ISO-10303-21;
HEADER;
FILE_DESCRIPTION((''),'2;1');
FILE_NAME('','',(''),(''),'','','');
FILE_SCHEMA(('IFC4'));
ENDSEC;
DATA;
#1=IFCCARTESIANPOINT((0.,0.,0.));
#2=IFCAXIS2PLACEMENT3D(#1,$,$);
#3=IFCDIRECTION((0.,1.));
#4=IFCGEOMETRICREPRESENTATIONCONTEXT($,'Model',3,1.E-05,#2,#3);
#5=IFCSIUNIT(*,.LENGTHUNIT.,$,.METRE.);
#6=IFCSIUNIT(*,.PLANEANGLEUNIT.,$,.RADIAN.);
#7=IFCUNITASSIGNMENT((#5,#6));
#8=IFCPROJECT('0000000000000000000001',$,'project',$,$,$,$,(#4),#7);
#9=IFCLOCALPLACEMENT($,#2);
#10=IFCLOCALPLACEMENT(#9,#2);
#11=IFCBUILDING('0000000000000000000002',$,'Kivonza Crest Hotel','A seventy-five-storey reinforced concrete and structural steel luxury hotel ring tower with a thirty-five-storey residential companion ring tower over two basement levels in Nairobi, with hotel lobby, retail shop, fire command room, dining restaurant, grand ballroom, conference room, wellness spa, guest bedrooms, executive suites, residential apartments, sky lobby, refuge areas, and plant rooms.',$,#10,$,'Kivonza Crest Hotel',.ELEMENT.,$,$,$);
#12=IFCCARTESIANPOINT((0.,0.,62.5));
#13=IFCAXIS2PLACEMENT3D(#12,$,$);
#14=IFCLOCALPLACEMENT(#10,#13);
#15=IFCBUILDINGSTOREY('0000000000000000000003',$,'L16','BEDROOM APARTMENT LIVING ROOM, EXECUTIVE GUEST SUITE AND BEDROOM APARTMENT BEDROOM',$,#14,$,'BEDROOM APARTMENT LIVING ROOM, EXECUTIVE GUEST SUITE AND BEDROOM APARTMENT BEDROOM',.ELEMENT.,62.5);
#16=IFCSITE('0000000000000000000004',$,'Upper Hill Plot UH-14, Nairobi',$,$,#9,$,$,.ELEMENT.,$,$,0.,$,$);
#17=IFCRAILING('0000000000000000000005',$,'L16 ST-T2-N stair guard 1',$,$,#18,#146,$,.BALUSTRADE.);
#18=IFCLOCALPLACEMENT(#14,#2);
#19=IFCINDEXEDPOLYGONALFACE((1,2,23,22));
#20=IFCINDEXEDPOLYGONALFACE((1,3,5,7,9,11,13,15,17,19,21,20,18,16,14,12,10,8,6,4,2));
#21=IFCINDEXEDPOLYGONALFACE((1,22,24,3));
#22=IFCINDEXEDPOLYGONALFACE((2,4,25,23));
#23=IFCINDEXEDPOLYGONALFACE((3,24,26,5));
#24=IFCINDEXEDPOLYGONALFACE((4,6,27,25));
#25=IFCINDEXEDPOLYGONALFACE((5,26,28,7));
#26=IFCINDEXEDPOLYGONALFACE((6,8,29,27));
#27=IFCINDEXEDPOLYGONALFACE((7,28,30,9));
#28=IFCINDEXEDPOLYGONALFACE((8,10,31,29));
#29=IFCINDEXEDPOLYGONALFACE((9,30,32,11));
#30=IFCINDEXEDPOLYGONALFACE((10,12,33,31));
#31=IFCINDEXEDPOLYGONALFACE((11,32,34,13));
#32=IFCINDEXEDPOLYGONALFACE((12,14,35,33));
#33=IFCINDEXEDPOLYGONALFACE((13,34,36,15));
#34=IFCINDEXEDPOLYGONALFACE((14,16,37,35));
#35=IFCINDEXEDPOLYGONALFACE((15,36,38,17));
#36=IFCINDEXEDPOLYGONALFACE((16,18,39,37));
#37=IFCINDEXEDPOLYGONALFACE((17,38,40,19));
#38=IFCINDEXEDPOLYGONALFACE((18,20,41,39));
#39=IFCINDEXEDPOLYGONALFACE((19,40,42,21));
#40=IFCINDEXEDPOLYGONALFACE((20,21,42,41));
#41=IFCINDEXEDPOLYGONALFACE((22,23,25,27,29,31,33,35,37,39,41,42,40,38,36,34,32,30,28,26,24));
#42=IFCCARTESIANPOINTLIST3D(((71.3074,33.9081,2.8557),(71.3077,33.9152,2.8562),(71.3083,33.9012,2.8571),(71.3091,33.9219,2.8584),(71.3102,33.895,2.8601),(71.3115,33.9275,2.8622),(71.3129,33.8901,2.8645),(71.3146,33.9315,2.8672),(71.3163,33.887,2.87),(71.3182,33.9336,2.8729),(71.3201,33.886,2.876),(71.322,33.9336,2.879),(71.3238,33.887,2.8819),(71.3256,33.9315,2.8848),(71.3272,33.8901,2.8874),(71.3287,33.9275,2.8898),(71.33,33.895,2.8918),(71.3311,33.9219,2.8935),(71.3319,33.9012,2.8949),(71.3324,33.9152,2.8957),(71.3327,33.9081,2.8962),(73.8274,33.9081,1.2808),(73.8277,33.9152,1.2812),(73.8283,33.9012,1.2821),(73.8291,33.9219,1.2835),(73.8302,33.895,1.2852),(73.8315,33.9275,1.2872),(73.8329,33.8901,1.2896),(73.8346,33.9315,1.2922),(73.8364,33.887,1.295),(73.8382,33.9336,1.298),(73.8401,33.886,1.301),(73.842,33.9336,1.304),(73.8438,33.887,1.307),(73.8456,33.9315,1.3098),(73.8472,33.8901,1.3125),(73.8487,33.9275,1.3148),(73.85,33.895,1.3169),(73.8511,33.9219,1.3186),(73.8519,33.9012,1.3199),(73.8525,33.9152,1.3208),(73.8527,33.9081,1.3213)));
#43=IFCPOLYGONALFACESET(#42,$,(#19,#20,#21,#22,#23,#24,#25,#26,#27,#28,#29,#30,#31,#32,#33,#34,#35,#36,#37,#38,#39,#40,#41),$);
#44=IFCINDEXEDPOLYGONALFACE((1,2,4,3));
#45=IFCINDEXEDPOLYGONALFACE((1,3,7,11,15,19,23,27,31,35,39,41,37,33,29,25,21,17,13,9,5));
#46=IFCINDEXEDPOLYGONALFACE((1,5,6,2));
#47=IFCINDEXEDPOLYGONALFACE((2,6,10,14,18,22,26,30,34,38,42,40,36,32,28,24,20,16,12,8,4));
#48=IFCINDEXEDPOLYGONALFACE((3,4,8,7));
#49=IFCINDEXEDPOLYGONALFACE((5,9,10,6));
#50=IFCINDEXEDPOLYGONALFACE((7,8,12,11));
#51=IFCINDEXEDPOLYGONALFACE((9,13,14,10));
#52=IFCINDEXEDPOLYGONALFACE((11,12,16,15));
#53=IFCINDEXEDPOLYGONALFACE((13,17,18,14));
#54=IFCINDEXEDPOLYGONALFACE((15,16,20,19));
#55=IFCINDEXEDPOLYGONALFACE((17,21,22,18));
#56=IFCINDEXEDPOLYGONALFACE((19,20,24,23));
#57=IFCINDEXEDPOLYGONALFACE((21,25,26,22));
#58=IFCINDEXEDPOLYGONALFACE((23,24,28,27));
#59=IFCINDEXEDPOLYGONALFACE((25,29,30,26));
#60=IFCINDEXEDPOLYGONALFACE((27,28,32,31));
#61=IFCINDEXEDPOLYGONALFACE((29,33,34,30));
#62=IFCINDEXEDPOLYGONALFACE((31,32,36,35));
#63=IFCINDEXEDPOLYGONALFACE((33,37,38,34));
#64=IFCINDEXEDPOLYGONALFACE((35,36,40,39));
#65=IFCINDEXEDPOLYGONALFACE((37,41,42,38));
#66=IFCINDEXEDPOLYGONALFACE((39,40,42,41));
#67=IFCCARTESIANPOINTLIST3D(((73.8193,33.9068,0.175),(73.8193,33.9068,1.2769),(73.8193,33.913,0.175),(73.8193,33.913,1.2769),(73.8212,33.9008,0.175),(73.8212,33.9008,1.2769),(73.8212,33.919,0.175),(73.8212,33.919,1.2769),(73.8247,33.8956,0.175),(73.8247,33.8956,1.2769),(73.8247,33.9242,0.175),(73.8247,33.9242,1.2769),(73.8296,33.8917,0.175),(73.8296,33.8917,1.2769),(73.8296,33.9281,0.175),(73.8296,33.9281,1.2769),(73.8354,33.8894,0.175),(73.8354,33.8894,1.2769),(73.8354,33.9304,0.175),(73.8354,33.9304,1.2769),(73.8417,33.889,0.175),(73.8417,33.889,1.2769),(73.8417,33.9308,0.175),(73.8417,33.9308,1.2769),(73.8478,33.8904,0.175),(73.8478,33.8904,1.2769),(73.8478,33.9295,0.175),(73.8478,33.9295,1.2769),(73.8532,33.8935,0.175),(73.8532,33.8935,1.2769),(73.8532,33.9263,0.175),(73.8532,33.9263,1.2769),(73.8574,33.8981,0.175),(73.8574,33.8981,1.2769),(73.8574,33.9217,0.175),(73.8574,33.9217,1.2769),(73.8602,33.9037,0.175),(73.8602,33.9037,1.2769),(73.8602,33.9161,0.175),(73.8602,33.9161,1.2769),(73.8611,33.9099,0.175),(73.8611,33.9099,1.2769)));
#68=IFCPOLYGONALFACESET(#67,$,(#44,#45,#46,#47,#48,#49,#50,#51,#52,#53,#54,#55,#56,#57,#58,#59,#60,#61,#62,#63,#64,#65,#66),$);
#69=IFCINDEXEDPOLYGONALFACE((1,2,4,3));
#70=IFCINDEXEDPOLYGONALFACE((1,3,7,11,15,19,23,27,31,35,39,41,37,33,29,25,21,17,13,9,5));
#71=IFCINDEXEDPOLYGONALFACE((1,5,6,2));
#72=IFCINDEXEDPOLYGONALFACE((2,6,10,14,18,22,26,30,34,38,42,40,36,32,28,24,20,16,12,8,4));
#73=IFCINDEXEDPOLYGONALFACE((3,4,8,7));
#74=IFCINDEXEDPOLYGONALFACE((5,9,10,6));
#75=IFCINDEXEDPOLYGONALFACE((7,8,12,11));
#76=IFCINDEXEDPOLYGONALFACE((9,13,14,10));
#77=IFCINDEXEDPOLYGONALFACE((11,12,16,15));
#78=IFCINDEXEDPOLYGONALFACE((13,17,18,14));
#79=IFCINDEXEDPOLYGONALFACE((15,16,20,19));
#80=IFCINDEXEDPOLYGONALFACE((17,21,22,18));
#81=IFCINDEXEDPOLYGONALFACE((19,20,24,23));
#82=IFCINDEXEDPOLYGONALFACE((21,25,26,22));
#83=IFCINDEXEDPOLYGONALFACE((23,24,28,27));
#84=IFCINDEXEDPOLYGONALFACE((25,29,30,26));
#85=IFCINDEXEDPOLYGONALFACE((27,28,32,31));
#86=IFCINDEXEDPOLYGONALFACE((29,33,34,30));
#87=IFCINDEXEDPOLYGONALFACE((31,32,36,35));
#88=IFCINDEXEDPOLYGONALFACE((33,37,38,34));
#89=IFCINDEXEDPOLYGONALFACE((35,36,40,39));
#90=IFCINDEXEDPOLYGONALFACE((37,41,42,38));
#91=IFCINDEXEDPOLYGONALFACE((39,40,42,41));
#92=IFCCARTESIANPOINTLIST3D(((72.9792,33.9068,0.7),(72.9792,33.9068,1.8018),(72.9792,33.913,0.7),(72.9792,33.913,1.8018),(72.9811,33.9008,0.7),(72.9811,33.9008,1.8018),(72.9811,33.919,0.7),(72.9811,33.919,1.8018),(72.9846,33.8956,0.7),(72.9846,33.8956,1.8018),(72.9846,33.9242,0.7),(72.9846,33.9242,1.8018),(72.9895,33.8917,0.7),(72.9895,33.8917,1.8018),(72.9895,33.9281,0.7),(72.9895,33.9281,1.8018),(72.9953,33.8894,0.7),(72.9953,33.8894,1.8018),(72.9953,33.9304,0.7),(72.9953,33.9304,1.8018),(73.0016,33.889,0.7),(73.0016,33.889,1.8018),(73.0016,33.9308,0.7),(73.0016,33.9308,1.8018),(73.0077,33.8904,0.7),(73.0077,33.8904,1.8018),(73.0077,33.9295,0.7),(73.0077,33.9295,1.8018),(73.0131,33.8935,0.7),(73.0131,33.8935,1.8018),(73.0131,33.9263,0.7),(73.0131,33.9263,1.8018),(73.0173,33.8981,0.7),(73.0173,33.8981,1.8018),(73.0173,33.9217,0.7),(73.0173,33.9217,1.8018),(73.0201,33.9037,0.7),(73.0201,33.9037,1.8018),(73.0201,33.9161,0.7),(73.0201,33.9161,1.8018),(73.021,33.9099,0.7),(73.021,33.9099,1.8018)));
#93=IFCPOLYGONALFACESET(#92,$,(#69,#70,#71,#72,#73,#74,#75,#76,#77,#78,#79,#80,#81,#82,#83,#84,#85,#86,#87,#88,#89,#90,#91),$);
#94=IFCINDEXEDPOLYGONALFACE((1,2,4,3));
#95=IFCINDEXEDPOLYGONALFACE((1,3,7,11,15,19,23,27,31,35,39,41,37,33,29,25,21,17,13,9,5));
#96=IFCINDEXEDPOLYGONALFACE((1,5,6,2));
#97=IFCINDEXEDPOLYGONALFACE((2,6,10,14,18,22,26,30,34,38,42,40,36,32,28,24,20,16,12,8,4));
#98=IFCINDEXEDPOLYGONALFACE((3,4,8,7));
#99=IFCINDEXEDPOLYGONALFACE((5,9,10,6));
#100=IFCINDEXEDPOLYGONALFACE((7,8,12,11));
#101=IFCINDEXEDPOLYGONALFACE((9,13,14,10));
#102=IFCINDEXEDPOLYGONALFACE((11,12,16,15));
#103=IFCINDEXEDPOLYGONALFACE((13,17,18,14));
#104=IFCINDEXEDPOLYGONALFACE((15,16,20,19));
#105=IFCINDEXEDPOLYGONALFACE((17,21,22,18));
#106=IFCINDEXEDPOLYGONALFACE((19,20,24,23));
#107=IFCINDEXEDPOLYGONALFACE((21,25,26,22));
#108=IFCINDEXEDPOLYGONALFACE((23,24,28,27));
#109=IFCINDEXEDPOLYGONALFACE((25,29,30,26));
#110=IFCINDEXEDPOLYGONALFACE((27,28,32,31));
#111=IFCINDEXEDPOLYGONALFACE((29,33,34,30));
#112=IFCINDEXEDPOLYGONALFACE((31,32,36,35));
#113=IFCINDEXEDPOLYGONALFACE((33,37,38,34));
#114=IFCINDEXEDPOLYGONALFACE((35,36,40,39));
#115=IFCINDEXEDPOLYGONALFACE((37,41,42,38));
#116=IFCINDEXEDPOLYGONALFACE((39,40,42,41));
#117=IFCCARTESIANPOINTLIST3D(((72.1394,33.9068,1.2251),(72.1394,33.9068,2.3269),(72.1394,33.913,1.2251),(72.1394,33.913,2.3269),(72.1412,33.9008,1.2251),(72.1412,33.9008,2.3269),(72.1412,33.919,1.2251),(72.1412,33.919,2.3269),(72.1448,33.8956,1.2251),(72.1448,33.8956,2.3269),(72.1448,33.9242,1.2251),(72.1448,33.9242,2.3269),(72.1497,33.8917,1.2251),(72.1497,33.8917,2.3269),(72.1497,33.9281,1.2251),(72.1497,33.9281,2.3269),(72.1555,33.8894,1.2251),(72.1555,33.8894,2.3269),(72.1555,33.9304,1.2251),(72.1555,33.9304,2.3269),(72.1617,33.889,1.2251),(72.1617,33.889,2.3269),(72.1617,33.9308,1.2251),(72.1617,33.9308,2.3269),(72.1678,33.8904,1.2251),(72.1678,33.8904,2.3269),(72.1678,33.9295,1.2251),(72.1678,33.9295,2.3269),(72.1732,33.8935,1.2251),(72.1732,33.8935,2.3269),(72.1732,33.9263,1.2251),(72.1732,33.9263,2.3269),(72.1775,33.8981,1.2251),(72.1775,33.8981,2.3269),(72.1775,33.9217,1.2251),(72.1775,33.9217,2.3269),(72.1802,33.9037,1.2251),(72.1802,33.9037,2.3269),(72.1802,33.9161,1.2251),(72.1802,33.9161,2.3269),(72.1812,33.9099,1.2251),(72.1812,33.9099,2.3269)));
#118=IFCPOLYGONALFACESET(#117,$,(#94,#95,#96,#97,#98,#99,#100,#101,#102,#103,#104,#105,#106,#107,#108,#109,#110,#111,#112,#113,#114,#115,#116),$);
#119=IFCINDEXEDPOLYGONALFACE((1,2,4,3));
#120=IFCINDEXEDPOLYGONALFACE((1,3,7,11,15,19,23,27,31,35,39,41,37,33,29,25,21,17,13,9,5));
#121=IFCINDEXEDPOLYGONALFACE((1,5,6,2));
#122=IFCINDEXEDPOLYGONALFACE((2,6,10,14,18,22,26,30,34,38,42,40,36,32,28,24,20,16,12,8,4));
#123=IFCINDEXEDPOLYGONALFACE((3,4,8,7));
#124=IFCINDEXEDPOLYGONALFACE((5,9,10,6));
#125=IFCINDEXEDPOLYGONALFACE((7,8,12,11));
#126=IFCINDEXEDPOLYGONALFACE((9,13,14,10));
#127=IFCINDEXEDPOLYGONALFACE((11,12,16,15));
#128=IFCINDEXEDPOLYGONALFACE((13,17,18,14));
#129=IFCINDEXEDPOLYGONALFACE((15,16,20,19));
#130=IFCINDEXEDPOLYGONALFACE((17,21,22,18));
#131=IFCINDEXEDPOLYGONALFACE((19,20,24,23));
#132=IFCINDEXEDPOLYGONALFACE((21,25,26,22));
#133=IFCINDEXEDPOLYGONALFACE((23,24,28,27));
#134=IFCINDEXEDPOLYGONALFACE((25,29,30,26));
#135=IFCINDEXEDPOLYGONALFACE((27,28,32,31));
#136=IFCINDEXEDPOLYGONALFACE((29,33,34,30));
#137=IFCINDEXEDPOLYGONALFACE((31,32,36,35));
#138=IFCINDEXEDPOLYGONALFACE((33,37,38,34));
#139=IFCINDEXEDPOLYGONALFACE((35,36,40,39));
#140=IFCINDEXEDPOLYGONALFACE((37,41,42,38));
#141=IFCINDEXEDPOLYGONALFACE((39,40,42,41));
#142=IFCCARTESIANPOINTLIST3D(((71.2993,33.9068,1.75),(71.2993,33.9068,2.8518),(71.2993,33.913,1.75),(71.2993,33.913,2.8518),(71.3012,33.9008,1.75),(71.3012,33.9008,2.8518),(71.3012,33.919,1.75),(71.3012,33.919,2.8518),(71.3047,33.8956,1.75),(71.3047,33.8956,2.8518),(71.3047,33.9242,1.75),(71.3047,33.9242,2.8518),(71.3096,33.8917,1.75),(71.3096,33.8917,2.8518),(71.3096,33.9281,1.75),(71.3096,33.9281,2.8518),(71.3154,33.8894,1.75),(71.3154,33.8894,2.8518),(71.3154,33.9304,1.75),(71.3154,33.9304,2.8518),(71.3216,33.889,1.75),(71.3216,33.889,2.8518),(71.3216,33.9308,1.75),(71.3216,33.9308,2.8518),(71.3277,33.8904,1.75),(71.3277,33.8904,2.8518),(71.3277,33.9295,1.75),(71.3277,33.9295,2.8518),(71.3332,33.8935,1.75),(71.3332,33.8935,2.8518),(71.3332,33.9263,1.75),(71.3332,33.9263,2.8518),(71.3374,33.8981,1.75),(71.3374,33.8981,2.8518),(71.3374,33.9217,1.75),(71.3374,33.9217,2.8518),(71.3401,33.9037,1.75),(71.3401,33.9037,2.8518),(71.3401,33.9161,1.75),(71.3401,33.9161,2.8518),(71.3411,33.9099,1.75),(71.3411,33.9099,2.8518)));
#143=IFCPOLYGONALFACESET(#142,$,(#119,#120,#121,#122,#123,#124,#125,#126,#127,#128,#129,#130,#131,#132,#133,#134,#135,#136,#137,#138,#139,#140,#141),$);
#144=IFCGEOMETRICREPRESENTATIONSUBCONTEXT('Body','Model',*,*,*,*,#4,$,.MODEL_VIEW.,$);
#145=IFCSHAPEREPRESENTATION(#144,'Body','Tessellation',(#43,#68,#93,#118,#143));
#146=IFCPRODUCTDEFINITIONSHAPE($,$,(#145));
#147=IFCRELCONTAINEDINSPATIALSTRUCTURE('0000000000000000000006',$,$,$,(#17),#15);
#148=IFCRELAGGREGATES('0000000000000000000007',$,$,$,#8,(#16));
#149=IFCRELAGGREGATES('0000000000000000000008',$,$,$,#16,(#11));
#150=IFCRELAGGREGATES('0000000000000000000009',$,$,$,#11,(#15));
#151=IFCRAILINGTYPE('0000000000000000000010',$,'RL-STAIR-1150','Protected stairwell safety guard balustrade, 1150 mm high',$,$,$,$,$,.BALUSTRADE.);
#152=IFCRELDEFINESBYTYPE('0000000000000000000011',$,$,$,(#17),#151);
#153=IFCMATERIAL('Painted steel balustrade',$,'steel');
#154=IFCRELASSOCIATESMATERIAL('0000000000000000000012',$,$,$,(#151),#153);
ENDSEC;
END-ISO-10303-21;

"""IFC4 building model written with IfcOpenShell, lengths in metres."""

from ifc_helpers import new_model, si_unit, direction, frame, origin, origin_2d, place, context, subcontext, project, spatial, circle, extrude, material, type_object, element, save


model = new_model("IFC4")

# Units and contexts
model_context = context("Model", 3, precision=1e-05, world=origin(), true_north=direction((0.0, 1.0)))
body_context = subcontext(model_context, "Body", "Model", "MODEL_VIEW")
ifc_project = project(units=[si_unit("LENGTHUNIT", "METRE"), si_unit("PLANEANGLEUNIT", "RADIAN")], contexts=[model_context])

# Site, building, storey
site_placement = place(None, origin())
site = spatial("IfcSite", under=ifc_project, at=site_placement, Name="Upper Hill Plot UH-14, Nairobi", CompositionType="ELEMENT", RefElevation=0.0)
building_placement = place(site_placement, origin())
building = spatial("IfcBuilding", under=site, at=building_placement, Name="Kivonza Crest Hotel", Description="A seventy-five-storey reinforced concrete and structural steel luxury hotel ring tower with a thirty-five-storey residential companion ring tower over two basement levels in Nairobi, with hotel lobby, retail shop, fire command room, dining restaurant, grand ballroom, conference room, wellness spa, guest bedrooms, executive suites, residential apartments, sky lobby, refuge areas, and plant rooms.", LongName="Kivonza Crest Hotel", CompositionType="ELEMENT")
storey_placement = place(building_placement, frame((0.0, 0.0, 62.5)))
storey = spatial("IfcBuildingStorey", under=building, at=storey_placement, Name="L16", Description="BEDROOM APARTMENT LIVING ROOM, EXECUTIVE GUEST SUITE AND BEDROOM APARTMENT BEDROOM", LongName="BEDROOM APARTMENT LIVING ROOM, EXECUTIVE GUEST SUITE AND BEDROOM APARTMENT BEDROOM", CompositionType="ELEMENT", Elevation=62.5)

# Railing
ifc_material_1 = material(Name="Painted steel balustrade", Category="steel")
railing_type_1 = type_object("IfcRailingType", Name="RL-STAIR-1150", Description="Protected stairwell safety guard balustrade, 1150 mm high", PredefinedType="BALUSTRADE", material=ifc_material_1)
railing_1_placement = place(storey_placement, frame((73.8401, 33.9099, 0.175)))
element("IfcRailing", 1, at=railing_1_placement, inside=storey, type_object=railing_type_1, Name="L16 ST-T2-N stair guard 1", PredefinedType="BALUSTRADE", context=body_context, shape_type="SweptSolid", body=[
    extrude(circle(Radius=0.0239, at=origin_2d()), frame((0.0, 0.0, 1.126), z_axis=(-0.848008, 0.0, 0.529984), x_axis=(0.0, -1.0, 0.0)), (0.0, 0.0, 1.0), 2.9717),
    extrude(circle(Radius=0.021, at=origin_2d()), origin(), (0.0, 0.0, 1.0), 1.1018),
    extrude(circle(Radius=0.021, at=origin_2d()), frame((-0.8401, 0.0, 0.5249)), (0.0, 0.0, 1.0), 1.1018),
    extrude(circle(Radius=0.021, at=origin_2d()), frame((-1.6799, 0.0, 1.05)), (0.0, 0.0, 1.0), 1.1018),
    extrude(circle(Radius=0.021, at=origin_2d()), frame((-2.52, 0.0, 1.575)), (0.0, 0.0, 1.0), 1.1018),
])

save(model, "model.ifc")
